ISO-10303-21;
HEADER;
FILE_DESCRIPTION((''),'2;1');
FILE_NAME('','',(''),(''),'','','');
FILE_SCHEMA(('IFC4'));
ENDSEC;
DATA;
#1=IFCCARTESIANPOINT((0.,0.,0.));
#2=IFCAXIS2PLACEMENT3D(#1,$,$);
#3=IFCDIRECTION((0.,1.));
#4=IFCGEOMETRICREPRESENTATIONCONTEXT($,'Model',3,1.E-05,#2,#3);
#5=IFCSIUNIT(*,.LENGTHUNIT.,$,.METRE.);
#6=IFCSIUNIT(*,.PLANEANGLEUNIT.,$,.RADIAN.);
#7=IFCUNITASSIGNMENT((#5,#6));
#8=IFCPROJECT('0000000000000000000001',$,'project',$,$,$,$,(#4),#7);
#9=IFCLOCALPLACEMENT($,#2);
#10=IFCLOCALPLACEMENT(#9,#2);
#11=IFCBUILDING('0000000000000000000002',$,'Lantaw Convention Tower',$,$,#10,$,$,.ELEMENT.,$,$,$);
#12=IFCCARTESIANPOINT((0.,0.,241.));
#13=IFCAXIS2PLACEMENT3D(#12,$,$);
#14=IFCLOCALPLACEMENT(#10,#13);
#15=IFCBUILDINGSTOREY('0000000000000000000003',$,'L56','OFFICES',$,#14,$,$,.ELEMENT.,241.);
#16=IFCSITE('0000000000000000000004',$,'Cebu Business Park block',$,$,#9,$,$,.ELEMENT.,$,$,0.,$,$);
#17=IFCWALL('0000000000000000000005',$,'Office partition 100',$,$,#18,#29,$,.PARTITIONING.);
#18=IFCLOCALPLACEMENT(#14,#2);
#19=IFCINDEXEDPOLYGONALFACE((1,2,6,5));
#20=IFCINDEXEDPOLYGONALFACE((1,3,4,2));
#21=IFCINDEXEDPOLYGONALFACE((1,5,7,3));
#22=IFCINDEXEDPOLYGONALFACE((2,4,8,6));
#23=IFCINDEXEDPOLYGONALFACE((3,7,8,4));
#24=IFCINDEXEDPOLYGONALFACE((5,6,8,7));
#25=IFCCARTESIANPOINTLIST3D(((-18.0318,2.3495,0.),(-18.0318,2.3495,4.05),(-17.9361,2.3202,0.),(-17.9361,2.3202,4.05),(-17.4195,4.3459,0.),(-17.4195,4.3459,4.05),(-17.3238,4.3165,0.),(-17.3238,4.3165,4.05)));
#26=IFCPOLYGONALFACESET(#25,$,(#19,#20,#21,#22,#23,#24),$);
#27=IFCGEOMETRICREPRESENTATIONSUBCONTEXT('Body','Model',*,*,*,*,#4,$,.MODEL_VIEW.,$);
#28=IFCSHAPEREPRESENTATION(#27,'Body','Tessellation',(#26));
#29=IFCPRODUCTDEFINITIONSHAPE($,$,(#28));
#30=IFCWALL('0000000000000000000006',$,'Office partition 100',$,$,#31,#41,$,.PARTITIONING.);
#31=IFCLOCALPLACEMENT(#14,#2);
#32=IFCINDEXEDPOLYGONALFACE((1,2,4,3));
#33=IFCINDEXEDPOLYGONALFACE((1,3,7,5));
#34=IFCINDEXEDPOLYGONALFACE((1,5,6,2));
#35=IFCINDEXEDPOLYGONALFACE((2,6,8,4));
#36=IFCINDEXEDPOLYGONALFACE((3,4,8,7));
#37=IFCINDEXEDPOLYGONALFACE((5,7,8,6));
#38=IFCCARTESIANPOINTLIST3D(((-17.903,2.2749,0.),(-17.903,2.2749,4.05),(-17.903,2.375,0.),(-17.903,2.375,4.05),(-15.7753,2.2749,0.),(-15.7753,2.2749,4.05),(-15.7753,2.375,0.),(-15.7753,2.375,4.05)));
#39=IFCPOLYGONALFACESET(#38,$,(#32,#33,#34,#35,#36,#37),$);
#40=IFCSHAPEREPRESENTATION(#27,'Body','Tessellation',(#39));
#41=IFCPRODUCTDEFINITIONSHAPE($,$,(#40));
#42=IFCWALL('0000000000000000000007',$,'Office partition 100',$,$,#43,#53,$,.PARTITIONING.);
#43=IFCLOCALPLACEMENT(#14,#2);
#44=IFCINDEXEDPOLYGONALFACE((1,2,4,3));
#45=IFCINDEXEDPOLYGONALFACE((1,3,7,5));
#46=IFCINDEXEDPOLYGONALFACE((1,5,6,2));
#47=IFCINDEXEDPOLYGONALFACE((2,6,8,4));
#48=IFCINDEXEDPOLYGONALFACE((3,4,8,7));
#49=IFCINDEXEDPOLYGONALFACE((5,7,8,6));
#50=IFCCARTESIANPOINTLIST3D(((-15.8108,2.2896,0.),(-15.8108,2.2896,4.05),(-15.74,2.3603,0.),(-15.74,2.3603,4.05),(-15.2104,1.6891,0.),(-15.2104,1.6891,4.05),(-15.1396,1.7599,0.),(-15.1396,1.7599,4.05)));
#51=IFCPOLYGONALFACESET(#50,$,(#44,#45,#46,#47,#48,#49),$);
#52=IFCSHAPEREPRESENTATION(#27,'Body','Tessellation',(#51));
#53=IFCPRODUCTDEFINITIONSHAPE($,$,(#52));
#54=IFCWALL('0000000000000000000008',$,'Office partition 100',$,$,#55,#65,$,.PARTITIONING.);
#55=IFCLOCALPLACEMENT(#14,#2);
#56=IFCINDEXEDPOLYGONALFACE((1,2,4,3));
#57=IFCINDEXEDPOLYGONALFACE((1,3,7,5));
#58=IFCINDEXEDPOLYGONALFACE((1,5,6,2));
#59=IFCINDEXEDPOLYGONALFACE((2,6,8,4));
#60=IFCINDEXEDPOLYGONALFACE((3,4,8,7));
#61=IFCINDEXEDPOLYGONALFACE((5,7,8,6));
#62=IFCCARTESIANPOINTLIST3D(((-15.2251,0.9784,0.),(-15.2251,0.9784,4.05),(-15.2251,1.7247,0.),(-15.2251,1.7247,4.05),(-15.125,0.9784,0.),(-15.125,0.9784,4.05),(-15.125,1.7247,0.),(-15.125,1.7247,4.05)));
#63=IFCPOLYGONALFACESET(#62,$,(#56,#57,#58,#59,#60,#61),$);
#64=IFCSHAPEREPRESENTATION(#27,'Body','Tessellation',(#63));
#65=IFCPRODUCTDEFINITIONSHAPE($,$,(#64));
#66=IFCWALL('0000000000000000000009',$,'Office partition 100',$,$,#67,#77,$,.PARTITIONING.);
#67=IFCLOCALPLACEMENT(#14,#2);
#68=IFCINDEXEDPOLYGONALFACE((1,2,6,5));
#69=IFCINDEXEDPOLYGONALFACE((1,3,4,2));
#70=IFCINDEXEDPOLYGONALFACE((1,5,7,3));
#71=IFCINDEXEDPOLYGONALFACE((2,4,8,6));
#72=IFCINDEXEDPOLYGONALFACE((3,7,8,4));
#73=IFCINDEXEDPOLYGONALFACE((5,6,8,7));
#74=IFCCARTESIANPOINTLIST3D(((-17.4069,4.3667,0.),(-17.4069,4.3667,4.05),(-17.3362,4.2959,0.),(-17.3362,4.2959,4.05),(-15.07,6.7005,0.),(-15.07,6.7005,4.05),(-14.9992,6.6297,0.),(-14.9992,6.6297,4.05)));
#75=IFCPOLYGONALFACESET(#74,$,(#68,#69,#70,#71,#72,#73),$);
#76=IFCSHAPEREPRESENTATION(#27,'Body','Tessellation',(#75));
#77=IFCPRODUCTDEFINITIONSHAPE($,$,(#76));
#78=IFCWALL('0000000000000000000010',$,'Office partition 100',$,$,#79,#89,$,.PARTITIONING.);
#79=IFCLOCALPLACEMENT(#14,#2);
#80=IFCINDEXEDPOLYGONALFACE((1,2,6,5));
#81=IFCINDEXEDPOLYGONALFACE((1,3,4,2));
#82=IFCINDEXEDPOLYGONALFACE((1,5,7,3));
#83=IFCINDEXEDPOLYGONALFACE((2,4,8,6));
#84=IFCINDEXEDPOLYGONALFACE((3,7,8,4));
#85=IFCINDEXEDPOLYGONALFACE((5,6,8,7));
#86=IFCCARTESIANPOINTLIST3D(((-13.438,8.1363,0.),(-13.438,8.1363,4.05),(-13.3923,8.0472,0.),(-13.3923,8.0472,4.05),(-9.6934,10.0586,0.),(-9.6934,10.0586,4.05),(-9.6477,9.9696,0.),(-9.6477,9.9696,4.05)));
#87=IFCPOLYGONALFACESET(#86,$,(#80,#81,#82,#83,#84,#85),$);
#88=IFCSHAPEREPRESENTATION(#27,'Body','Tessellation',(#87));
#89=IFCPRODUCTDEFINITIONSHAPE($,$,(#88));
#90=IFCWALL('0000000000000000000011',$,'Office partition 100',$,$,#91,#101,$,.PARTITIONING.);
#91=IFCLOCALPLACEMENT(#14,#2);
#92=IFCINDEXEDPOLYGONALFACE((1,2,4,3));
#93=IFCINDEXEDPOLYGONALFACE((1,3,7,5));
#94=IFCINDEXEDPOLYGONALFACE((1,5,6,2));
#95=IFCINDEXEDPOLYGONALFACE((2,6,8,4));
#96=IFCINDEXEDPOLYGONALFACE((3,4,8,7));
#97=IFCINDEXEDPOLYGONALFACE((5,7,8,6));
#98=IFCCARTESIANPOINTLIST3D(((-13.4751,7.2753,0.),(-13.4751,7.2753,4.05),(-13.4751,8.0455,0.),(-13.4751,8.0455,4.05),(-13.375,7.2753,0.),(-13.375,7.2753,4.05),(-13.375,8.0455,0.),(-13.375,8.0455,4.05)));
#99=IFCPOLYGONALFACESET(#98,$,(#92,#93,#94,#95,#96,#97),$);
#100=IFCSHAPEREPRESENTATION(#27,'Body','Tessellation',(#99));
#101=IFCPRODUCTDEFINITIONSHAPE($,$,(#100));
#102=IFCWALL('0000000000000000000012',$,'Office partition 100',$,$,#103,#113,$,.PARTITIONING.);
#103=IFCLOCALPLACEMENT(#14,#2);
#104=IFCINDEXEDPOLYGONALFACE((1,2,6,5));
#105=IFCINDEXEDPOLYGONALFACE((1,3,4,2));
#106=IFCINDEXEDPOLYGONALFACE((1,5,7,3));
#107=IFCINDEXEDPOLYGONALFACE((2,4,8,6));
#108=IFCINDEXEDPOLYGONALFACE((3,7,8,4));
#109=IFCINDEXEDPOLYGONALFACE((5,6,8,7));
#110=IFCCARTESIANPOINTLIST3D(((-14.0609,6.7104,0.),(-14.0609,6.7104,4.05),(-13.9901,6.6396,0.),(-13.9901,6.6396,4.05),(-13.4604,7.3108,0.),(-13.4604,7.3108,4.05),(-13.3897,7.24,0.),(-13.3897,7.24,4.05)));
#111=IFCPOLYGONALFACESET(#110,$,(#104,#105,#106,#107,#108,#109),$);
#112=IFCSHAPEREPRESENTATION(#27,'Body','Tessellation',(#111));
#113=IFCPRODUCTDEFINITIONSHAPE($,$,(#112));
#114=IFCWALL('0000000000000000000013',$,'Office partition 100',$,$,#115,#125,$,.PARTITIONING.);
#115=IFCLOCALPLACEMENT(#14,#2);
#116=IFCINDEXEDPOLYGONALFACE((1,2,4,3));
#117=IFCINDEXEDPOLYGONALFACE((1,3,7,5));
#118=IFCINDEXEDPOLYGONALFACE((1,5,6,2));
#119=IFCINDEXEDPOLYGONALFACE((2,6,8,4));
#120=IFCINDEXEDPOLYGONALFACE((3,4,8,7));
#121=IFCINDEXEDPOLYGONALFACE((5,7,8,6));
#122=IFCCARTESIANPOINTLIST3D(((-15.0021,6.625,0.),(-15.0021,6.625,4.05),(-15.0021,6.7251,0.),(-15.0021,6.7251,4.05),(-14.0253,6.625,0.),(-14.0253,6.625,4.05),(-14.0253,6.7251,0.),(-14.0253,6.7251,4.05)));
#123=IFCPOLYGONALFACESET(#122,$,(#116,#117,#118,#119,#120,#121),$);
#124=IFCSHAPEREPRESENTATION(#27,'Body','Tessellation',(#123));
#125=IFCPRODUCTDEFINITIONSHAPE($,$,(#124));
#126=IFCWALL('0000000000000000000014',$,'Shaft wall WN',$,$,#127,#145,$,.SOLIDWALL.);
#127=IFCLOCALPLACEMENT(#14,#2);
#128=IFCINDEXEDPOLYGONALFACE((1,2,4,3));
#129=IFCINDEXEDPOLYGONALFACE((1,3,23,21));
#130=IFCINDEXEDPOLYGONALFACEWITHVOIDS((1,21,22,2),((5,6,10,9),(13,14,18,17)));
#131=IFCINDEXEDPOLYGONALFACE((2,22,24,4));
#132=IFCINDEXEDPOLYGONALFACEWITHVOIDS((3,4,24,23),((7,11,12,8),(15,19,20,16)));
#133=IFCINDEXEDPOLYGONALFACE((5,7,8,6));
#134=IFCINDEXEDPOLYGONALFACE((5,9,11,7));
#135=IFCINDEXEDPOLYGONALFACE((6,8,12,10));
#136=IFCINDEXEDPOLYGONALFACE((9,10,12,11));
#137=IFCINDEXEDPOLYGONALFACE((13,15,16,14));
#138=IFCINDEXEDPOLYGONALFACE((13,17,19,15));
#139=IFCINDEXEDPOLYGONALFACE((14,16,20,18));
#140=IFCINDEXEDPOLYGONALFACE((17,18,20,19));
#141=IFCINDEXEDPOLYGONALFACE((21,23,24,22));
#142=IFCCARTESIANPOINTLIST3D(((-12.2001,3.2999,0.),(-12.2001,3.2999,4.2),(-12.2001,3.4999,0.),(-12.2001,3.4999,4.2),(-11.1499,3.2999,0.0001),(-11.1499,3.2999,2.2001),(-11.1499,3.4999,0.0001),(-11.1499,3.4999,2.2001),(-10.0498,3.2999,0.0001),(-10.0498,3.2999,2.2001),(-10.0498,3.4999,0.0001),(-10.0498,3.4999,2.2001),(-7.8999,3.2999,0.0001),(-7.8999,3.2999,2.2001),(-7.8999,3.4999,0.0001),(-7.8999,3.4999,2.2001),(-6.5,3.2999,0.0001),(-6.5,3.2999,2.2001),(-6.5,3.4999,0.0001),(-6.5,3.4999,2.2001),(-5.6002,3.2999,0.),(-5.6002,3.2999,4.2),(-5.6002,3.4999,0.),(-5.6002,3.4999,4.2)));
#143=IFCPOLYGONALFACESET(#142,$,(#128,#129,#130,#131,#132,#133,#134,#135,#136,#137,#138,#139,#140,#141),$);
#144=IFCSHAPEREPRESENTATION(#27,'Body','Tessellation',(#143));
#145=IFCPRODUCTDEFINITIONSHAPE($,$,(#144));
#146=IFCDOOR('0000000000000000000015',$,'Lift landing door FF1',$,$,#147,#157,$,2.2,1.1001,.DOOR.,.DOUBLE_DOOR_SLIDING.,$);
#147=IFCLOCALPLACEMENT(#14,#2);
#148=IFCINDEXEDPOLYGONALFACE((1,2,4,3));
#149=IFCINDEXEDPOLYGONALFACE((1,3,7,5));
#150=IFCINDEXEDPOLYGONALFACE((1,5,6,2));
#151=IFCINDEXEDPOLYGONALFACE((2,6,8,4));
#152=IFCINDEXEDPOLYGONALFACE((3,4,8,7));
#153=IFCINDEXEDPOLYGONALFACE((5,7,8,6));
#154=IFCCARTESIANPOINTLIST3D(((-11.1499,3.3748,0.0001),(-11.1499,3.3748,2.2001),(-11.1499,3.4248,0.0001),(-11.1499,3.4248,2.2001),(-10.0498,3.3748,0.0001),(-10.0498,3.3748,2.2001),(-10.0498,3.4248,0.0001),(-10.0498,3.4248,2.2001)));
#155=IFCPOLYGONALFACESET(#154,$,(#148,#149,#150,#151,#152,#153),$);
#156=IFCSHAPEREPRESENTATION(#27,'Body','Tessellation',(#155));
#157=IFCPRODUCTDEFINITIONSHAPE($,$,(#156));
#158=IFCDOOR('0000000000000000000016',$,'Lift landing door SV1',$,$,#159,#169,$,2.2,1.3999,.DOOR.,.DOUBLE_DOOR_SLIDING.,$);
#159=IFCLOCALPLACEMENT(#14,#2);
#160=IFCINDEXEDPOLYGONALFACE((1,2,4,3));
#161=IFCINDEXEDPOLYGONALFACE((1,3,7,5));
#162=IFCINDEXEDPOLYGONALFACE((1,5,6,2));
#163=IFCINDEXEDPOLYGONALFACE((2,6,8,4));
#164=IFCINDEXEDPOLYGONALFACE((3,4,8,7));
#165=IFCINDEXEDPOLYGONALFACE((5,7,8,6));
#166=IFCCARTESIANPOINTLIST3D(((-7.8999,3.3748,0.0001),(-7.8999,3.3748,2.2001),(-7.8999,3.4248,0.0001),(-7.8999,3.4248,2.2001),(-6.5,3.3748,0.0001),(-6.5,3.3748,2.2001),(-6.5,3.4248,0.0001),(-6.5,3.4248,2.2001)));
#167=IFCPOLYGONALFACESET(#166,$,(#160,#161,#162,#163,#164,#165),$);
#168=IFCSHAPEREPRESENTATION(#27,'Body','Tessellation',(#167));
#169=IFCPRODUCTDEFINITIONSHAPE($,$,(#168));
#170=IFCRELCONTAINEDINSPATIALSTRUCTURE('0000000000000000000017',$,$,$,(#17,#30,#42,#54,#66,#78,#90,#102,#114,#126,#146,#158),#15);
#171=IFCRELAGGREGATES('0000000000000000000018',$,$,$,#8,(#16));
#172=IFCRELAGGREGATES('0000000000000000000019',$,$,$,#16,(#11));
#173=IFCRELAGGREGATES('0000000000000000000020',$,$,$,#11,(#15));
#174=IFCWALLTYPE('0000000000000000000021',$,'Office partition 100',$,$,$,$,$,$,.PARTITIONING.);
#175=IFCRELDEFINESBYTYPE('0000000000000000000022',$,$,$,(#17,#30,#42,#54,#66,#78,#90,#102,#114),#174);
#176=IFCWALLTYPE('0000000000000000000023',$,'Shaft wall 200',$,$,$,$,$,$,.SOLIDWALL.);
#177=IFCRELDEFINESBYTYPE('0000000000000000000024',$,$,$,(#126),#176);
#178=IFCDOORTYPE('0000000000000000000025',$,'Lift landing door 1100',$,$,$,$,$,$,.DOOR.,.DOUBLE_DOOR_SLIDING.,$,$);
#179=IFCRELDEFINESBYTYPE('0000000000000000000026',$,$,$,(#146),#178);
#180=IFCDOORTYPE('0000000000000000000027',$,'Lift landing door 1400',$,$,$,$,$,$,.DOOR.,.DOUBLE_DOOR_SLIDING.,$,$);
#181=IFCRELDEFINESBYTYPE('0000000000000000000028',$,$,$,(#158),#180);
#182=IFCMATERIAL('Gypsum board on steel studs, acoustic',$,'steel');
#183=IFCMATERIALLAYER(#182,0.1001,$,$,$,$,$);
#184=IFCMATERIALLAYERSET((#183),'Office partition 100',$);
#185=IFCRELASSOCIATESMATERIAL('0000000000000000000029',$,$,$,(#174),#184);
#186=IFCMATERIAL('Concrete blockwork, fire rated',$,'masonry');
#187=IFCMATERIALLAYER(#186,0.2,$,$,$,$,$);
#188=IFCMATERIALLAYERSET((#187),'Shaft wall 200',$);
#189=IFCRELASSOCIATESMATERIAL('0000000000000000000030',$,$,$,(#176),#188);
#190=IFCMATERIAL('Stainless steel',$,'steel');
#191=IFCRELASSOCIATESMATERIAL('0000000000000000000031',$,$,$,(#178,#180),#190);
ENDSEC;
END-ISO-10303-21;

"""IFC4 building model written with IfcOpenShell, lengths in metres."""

from ifc_helpers import new_model, si_unit, direction, frame, frame_2d, origin, place, context, subcontext, project, spatial, rectangle, extrude, material, layer, layer_set, type_object, element, fill, save


model = new_model("IFC4")

# Units and contexts
model_context = context("Model", 3, precision=1e-05, world=origin(), true_north=direction((0.0, 1.0)))
body_context = subcontext(model_context, "Body", "Model", "MODEL_VIEW")
ifc_project = project(units=[si_unit("LENGTHUNIT", "METRE"), si_unit("PLANEANGLEUNIT", "RADIAN")], contexts=[model_context])

# Site, building, storey
site_placement = place(None, origin())
site = spatial("IfcSite", under=ifc_project, at=site_placement, Name="Cebu Business Park block", CompositionType="ELEMENT", RefElevation=0.0)
building_placement = place(site_placement, origin())
building = spatial("IfcBuilding", under=site, at=building_placement, Name="Lantaw Convention Tower", CompositionType="ELEMENT")
storey_placement = place(building_placement, frame((0.0, 0.0, 241.0)))
storey = spatial("IfcBuildingStorey", under=building, at=storey_placement, Name="L56", Description="OFFICES", CompositionType="ELEMENT", Elevation=241.0)

# Shared definitions
ifc_material_1 = material(Name="Gypsum board on steel studs, acoustic", Category="steel")
ifc_layer_1 = layer(ifc_material_1, 0.1001)
ifc_layer_set_1 = layer_set([ifc_layer_1], Name="Office partition 100")
wall_type_1 = type_object("IfcWallType", Name="Office partition 100", PredefinedType="PARTITIONING", material=ifc_layer_set_1)

# Walls
wall_1_placement = place(storey_placement, frame((-17.9839, 2.335, 0.0), z_axis=(0.0, 0.0, 1.0), x_axis=(0.293231, 0.956042, 0.0)))
element("IfcWall", 1, at=wall_1_placement, inside=storey, type_object=wall_type_1, Name="Office partition 100", PredefinedType="PARTITIONING", context=body_context, shape_type="SweptSolid", body=[
    extrude(rectangle(XDim=2.0881, YDim=0.1001, at=frame_2d((1.0439, 0.0))), origin(), (0.0, 0.0, 1.0), 4.05),
])
wall_2_placement = place(storey_placement, frame((-17.9031, 2.325, 0.0), z_axis=(0.0, 0.0, 1.0), x_axis=(1.0, 0.0, 0.0)))
element("IfcWall", 2, at=wall_2_placement, inside=storey, type_object=wall_type_1, Name="Office partition 100", PredefinedType="PARTITIONING", context=body_context, shape_type="SweptSolid", body=[
    extrude(rectangle(XDim=2.1277, YDim=0.1001, at=frame_2d((1.064, 0.0))), origin(), (0.0, 0.0, 1.0), 4.05),
])
wall_3_placement = place(storey_placement, frame((-15.7754, 2.325, 0.0), z_axis=(0.0, 0.0, 1.0), x_axis=(0.707107, -0.707107, 0.0)))
element("IfcWall", 3, at=wall_3_placement, inside=storey, type_object=wall_type_1, Name="Office partition 100", PredefinedType="PARTITIONING", context=body_context, shape_type="SweptSolid", body=[
    extrude(rectangle(XDim=0.8491, YDim=0.1001, at=frame_2d((0.4246, 0.0))), origin(), (0.0, 0.0, 1.0), 4.05),
])
wall_4_placement = place(storey_placement, frame((-15.175, 1.7246, 0.0), z_axis=(0.0, 0.0, 1.0), x_axis=(0.0, -1.0, 0.0)))
element("IfcWall", 4, at=wall_4_placement, inside=storey, type_object=wall_type_1, Name="Office partition 100", PredefinedType="PARTITIONING", context=body_context, shape_type="SweptSolid", body=[
    extrude(rectangle(XDim=0.7463, YDim=0.1001, at=frame_2d((0.373, 0.0))), origin(), (0.0, 0.0, 1.0), 4.05),
])
wall_5_placement = place(storey_placement, frame((-17.3716, 4.3313, 0.0), z_axis=(0.0, 0.0, 1.0), x_axis=(0.707587, 0.706626, 0.0)))
element("IfcWall", 5, at=wall_5_placement, inside=storey, type_object=wall_type_1, Name="Office partition 100", PredefinedType="PARTITIONING", context=body_context, shape_type="SweptSolid", body=[
    extrude(rectangle(XDim=3.3027, YDim=0.1001, at=frame_2d((1.6514, 0.0))), origin(), (0.0, 0.0, 1.0), 4.05),
])
wall_6_placement = place(storey_placement, frame((-13.415, 8.0918, 0.0), z_axis=(0.0, 0.0, 1.0), x_axis=(0.889621, 0.4567, 0.0)))
element("IfcWall", 6, at=wall_6_placement, inside=storey, type_object=wall_type_1, Name="Office partition 100", PredefinedType="PARTITIONING", context=body_context, shape_type="SweptSolid", body=[
    extrude(rectangle(XDim=4.2092, YDim=0.1001, at=frame_2d((2.1045, 0.0))), origin(), (0.0, 0.0, 1.0), 4.05),
])
wall_7_placement = place(storey_placement, frame((-13.425, 8.0457, 0.0), z_axis=(0.0, 0.0, 1.0), x_axis=(0.0, -1.0, 0.0)))
element("IfcWall", 7, at=wall_7_placement, inside=storey, type_object=wall_type_1, Name="Office partition 100", PredefinedType="PARTITIONING", context=body_context, shape_type="SweptSolid", body=[
    extrude(rectangle(XDim=0.7703, YDim=0.1001, at=frame_2d((0.3853, 0.0))), origin(), (0.0, 0.0, 1.0), 4.05),
])
wall_8_placement = place(storey_placement, frame((-13.425, 7.2754, 0.0), z_axis=(0.0, 0.0, 1.0), x_axis=(-0.707107, -0.707107, 0.0)))
element("IfcWall", 8, at=wall_8_placement, inside=storey, type_object=wall_type_1, Name="Office partition 100", PredefinedType="PARTITIONING", context=body_context, shape_type="SweptSolid", body=[
    extrude(rectangle(XDim=0.8491, YDim=0.1001, at=frame_2d((0.4246, 0.0))), origin(), (0.0, 0.0, 1.0), 4.05),
])
wall_9_placement = place(storey_placement, frame((-14.0254, 6.675, 0.0), z_axis=(0.0, 0.0, 1.0), x_axis=(-1.0, 0.0, 0.0)))
element("IfcWall", 9, at=wall_9_placement, inside=storey, type_object=wall_type_1, Name="Office partition 100", PredefinedType="PARTITIONING", context=body_context, shape_type="SweptSolid", body=[
    extrude(rectangle(XDim=0.9768, YDim=0.1001, at=frame_2d((0.4883, 0.0))), origin(), (0.0, 0.0, 1.0), 4.05),
])

# Wall, openings, doors
ifc_material_2 = material(Name="Concrete blockwork, fire rated", Category="masonry")
ifc_layer_2 = layer(ifc_material_2, 0.2)
ifc_layer_set_2 = layer_set([ifc_layer_2], Name="Shaft wall 200")
wall_type_2 = type_object("IfcWallType", Name="Shaft wall 200", PredefinedType="SOLIDWALL", material=ifc_layer_set_2)
wall_10_placement = place(storey_placement, frame((-12.2, 3.3999, 0.0), z_axis=(0.0, 0.0, 1.0), x_axis=(1.0, 0.0, 0.0)))
wall_10 = element("IfcWall", 10, at=wall_10_placement, inside=storey, type_object=wall_type_2, Name="Shaft wall WN", PredefinedType="SOLIDWALL", context=body_context, shape_type="SweptSolid", body=[
    extrude(rectangle(XDim=6.5999, YDim=0.2, at=frame_2d((3.2998, 0.0))), origin(), (0.0, 0.0, 1.0), 4.2),
])
opening_1_placement = place(wall_10_placement, frame((1.05, 0.0, 0.0)))
opening_1 = element("IfcOpeningElement", 11, at=opening_1_placement, cuts=wall_10, PredefinedType="OPENING", context=body_context, shape_type="SweptSolid", body=[
    extrude(rectangle(XDim=1.1001, YDim=2.2, at=frame_2d((0.55, 1.1001))), frame((0.0, 0.1099, 0.0), z_axis=(0.0, -1.0, 0.0), x_axis=(1.0, 0.0, 0.0)), (0.0, 0.0, 1.0), 0.22),
])
opening_2_placement = place(wall_10_placement, frame((4.3, 0.0, 0.0)))
opening_2 = element("IfcOpeningElement", 12, at=opening_2_placement, cuts=wall_10, PredefinedType="OPENING", context=body_context, shape_type="SweptSolid", body=[
    extrude(rectangle(XDim=1.3999, YDim=2.2, at=frame_2d((0.7, 1.1001))), frame((0.0, 0.1099, 0.0), z_axis=(0.0, -1.0, 0.0), x_axis=(1.0, 0.0, 0.0)), (0.0, 0.0, 1.0), 0.22),
])
ifc_material_3 = material(Name="Stainless steel", Category="steel")
door_type_1 = type_object("IfcDoorType", Name="Lift landing door 1100", OperationType="DOUBLE_DOOR_SLIDING", PredefinedType="DOOR", material=ifc_material_3)
door_1_placement = place(opening_1_placement, origin())
door_1 = element("IfcDoor", 13, at=door_1_placement, inside=storey, type_object=door_type_1, Name="Lift landing door FF1", OperationType="DOUBLE_DOOR_SLIDING", OverallHeight=2.2, OverallWidth=1.1001, PredefinedType="DOOR", context=body_context, shape_type="SweptSolid", body=[
    extrude(rectangle(XDim=1.1001, YDim=2.2, at=frame_2d((0.55, 1.1001))), frame((0.0, 0.0249, 0.0), z_axis=(0.0, -1.0, 0.0), x_axis=(1.0, 0.0, 0.0)), (0.0, 0.0, 1.0), 0.05),
])
fill(opening_1, door_1)
door_type_2 = type_object("IfcDoorType", Name="Lift landing door 1400", OperationType="DOUBLE_DOOR_SLIDING", PredefinedType="DOOR", material=ifc_material_3)
door_2_placement = place(opening_2_placement, origin())
door_2 = element("IfcDoor", 14, at=door_2_placement, inside=storey, type_object=door_type_2, Name="Lift landing door SV1", OperationType="DOUBLE_DOOR_SLIDING", OverallHeight=2.2, OverallWidth=1.3999, PredefinedType="DOOR", context=body_context, shape_type="SweptSolid", body=[
    extrude(rectangle(XDim=1.3999, YDim=2.2, at=frame_2d((0.7, 1.1001))), frame((0.0, 0.0249, 0.0), z_axis=(0.0, -1.0, 0.0), x_axis=(1.0, 0.0, 0.0)), (0.0, 0.0, 1.0), 0.05),
])
fill(opening_2, door_2)

save(model, "model.ifc")
